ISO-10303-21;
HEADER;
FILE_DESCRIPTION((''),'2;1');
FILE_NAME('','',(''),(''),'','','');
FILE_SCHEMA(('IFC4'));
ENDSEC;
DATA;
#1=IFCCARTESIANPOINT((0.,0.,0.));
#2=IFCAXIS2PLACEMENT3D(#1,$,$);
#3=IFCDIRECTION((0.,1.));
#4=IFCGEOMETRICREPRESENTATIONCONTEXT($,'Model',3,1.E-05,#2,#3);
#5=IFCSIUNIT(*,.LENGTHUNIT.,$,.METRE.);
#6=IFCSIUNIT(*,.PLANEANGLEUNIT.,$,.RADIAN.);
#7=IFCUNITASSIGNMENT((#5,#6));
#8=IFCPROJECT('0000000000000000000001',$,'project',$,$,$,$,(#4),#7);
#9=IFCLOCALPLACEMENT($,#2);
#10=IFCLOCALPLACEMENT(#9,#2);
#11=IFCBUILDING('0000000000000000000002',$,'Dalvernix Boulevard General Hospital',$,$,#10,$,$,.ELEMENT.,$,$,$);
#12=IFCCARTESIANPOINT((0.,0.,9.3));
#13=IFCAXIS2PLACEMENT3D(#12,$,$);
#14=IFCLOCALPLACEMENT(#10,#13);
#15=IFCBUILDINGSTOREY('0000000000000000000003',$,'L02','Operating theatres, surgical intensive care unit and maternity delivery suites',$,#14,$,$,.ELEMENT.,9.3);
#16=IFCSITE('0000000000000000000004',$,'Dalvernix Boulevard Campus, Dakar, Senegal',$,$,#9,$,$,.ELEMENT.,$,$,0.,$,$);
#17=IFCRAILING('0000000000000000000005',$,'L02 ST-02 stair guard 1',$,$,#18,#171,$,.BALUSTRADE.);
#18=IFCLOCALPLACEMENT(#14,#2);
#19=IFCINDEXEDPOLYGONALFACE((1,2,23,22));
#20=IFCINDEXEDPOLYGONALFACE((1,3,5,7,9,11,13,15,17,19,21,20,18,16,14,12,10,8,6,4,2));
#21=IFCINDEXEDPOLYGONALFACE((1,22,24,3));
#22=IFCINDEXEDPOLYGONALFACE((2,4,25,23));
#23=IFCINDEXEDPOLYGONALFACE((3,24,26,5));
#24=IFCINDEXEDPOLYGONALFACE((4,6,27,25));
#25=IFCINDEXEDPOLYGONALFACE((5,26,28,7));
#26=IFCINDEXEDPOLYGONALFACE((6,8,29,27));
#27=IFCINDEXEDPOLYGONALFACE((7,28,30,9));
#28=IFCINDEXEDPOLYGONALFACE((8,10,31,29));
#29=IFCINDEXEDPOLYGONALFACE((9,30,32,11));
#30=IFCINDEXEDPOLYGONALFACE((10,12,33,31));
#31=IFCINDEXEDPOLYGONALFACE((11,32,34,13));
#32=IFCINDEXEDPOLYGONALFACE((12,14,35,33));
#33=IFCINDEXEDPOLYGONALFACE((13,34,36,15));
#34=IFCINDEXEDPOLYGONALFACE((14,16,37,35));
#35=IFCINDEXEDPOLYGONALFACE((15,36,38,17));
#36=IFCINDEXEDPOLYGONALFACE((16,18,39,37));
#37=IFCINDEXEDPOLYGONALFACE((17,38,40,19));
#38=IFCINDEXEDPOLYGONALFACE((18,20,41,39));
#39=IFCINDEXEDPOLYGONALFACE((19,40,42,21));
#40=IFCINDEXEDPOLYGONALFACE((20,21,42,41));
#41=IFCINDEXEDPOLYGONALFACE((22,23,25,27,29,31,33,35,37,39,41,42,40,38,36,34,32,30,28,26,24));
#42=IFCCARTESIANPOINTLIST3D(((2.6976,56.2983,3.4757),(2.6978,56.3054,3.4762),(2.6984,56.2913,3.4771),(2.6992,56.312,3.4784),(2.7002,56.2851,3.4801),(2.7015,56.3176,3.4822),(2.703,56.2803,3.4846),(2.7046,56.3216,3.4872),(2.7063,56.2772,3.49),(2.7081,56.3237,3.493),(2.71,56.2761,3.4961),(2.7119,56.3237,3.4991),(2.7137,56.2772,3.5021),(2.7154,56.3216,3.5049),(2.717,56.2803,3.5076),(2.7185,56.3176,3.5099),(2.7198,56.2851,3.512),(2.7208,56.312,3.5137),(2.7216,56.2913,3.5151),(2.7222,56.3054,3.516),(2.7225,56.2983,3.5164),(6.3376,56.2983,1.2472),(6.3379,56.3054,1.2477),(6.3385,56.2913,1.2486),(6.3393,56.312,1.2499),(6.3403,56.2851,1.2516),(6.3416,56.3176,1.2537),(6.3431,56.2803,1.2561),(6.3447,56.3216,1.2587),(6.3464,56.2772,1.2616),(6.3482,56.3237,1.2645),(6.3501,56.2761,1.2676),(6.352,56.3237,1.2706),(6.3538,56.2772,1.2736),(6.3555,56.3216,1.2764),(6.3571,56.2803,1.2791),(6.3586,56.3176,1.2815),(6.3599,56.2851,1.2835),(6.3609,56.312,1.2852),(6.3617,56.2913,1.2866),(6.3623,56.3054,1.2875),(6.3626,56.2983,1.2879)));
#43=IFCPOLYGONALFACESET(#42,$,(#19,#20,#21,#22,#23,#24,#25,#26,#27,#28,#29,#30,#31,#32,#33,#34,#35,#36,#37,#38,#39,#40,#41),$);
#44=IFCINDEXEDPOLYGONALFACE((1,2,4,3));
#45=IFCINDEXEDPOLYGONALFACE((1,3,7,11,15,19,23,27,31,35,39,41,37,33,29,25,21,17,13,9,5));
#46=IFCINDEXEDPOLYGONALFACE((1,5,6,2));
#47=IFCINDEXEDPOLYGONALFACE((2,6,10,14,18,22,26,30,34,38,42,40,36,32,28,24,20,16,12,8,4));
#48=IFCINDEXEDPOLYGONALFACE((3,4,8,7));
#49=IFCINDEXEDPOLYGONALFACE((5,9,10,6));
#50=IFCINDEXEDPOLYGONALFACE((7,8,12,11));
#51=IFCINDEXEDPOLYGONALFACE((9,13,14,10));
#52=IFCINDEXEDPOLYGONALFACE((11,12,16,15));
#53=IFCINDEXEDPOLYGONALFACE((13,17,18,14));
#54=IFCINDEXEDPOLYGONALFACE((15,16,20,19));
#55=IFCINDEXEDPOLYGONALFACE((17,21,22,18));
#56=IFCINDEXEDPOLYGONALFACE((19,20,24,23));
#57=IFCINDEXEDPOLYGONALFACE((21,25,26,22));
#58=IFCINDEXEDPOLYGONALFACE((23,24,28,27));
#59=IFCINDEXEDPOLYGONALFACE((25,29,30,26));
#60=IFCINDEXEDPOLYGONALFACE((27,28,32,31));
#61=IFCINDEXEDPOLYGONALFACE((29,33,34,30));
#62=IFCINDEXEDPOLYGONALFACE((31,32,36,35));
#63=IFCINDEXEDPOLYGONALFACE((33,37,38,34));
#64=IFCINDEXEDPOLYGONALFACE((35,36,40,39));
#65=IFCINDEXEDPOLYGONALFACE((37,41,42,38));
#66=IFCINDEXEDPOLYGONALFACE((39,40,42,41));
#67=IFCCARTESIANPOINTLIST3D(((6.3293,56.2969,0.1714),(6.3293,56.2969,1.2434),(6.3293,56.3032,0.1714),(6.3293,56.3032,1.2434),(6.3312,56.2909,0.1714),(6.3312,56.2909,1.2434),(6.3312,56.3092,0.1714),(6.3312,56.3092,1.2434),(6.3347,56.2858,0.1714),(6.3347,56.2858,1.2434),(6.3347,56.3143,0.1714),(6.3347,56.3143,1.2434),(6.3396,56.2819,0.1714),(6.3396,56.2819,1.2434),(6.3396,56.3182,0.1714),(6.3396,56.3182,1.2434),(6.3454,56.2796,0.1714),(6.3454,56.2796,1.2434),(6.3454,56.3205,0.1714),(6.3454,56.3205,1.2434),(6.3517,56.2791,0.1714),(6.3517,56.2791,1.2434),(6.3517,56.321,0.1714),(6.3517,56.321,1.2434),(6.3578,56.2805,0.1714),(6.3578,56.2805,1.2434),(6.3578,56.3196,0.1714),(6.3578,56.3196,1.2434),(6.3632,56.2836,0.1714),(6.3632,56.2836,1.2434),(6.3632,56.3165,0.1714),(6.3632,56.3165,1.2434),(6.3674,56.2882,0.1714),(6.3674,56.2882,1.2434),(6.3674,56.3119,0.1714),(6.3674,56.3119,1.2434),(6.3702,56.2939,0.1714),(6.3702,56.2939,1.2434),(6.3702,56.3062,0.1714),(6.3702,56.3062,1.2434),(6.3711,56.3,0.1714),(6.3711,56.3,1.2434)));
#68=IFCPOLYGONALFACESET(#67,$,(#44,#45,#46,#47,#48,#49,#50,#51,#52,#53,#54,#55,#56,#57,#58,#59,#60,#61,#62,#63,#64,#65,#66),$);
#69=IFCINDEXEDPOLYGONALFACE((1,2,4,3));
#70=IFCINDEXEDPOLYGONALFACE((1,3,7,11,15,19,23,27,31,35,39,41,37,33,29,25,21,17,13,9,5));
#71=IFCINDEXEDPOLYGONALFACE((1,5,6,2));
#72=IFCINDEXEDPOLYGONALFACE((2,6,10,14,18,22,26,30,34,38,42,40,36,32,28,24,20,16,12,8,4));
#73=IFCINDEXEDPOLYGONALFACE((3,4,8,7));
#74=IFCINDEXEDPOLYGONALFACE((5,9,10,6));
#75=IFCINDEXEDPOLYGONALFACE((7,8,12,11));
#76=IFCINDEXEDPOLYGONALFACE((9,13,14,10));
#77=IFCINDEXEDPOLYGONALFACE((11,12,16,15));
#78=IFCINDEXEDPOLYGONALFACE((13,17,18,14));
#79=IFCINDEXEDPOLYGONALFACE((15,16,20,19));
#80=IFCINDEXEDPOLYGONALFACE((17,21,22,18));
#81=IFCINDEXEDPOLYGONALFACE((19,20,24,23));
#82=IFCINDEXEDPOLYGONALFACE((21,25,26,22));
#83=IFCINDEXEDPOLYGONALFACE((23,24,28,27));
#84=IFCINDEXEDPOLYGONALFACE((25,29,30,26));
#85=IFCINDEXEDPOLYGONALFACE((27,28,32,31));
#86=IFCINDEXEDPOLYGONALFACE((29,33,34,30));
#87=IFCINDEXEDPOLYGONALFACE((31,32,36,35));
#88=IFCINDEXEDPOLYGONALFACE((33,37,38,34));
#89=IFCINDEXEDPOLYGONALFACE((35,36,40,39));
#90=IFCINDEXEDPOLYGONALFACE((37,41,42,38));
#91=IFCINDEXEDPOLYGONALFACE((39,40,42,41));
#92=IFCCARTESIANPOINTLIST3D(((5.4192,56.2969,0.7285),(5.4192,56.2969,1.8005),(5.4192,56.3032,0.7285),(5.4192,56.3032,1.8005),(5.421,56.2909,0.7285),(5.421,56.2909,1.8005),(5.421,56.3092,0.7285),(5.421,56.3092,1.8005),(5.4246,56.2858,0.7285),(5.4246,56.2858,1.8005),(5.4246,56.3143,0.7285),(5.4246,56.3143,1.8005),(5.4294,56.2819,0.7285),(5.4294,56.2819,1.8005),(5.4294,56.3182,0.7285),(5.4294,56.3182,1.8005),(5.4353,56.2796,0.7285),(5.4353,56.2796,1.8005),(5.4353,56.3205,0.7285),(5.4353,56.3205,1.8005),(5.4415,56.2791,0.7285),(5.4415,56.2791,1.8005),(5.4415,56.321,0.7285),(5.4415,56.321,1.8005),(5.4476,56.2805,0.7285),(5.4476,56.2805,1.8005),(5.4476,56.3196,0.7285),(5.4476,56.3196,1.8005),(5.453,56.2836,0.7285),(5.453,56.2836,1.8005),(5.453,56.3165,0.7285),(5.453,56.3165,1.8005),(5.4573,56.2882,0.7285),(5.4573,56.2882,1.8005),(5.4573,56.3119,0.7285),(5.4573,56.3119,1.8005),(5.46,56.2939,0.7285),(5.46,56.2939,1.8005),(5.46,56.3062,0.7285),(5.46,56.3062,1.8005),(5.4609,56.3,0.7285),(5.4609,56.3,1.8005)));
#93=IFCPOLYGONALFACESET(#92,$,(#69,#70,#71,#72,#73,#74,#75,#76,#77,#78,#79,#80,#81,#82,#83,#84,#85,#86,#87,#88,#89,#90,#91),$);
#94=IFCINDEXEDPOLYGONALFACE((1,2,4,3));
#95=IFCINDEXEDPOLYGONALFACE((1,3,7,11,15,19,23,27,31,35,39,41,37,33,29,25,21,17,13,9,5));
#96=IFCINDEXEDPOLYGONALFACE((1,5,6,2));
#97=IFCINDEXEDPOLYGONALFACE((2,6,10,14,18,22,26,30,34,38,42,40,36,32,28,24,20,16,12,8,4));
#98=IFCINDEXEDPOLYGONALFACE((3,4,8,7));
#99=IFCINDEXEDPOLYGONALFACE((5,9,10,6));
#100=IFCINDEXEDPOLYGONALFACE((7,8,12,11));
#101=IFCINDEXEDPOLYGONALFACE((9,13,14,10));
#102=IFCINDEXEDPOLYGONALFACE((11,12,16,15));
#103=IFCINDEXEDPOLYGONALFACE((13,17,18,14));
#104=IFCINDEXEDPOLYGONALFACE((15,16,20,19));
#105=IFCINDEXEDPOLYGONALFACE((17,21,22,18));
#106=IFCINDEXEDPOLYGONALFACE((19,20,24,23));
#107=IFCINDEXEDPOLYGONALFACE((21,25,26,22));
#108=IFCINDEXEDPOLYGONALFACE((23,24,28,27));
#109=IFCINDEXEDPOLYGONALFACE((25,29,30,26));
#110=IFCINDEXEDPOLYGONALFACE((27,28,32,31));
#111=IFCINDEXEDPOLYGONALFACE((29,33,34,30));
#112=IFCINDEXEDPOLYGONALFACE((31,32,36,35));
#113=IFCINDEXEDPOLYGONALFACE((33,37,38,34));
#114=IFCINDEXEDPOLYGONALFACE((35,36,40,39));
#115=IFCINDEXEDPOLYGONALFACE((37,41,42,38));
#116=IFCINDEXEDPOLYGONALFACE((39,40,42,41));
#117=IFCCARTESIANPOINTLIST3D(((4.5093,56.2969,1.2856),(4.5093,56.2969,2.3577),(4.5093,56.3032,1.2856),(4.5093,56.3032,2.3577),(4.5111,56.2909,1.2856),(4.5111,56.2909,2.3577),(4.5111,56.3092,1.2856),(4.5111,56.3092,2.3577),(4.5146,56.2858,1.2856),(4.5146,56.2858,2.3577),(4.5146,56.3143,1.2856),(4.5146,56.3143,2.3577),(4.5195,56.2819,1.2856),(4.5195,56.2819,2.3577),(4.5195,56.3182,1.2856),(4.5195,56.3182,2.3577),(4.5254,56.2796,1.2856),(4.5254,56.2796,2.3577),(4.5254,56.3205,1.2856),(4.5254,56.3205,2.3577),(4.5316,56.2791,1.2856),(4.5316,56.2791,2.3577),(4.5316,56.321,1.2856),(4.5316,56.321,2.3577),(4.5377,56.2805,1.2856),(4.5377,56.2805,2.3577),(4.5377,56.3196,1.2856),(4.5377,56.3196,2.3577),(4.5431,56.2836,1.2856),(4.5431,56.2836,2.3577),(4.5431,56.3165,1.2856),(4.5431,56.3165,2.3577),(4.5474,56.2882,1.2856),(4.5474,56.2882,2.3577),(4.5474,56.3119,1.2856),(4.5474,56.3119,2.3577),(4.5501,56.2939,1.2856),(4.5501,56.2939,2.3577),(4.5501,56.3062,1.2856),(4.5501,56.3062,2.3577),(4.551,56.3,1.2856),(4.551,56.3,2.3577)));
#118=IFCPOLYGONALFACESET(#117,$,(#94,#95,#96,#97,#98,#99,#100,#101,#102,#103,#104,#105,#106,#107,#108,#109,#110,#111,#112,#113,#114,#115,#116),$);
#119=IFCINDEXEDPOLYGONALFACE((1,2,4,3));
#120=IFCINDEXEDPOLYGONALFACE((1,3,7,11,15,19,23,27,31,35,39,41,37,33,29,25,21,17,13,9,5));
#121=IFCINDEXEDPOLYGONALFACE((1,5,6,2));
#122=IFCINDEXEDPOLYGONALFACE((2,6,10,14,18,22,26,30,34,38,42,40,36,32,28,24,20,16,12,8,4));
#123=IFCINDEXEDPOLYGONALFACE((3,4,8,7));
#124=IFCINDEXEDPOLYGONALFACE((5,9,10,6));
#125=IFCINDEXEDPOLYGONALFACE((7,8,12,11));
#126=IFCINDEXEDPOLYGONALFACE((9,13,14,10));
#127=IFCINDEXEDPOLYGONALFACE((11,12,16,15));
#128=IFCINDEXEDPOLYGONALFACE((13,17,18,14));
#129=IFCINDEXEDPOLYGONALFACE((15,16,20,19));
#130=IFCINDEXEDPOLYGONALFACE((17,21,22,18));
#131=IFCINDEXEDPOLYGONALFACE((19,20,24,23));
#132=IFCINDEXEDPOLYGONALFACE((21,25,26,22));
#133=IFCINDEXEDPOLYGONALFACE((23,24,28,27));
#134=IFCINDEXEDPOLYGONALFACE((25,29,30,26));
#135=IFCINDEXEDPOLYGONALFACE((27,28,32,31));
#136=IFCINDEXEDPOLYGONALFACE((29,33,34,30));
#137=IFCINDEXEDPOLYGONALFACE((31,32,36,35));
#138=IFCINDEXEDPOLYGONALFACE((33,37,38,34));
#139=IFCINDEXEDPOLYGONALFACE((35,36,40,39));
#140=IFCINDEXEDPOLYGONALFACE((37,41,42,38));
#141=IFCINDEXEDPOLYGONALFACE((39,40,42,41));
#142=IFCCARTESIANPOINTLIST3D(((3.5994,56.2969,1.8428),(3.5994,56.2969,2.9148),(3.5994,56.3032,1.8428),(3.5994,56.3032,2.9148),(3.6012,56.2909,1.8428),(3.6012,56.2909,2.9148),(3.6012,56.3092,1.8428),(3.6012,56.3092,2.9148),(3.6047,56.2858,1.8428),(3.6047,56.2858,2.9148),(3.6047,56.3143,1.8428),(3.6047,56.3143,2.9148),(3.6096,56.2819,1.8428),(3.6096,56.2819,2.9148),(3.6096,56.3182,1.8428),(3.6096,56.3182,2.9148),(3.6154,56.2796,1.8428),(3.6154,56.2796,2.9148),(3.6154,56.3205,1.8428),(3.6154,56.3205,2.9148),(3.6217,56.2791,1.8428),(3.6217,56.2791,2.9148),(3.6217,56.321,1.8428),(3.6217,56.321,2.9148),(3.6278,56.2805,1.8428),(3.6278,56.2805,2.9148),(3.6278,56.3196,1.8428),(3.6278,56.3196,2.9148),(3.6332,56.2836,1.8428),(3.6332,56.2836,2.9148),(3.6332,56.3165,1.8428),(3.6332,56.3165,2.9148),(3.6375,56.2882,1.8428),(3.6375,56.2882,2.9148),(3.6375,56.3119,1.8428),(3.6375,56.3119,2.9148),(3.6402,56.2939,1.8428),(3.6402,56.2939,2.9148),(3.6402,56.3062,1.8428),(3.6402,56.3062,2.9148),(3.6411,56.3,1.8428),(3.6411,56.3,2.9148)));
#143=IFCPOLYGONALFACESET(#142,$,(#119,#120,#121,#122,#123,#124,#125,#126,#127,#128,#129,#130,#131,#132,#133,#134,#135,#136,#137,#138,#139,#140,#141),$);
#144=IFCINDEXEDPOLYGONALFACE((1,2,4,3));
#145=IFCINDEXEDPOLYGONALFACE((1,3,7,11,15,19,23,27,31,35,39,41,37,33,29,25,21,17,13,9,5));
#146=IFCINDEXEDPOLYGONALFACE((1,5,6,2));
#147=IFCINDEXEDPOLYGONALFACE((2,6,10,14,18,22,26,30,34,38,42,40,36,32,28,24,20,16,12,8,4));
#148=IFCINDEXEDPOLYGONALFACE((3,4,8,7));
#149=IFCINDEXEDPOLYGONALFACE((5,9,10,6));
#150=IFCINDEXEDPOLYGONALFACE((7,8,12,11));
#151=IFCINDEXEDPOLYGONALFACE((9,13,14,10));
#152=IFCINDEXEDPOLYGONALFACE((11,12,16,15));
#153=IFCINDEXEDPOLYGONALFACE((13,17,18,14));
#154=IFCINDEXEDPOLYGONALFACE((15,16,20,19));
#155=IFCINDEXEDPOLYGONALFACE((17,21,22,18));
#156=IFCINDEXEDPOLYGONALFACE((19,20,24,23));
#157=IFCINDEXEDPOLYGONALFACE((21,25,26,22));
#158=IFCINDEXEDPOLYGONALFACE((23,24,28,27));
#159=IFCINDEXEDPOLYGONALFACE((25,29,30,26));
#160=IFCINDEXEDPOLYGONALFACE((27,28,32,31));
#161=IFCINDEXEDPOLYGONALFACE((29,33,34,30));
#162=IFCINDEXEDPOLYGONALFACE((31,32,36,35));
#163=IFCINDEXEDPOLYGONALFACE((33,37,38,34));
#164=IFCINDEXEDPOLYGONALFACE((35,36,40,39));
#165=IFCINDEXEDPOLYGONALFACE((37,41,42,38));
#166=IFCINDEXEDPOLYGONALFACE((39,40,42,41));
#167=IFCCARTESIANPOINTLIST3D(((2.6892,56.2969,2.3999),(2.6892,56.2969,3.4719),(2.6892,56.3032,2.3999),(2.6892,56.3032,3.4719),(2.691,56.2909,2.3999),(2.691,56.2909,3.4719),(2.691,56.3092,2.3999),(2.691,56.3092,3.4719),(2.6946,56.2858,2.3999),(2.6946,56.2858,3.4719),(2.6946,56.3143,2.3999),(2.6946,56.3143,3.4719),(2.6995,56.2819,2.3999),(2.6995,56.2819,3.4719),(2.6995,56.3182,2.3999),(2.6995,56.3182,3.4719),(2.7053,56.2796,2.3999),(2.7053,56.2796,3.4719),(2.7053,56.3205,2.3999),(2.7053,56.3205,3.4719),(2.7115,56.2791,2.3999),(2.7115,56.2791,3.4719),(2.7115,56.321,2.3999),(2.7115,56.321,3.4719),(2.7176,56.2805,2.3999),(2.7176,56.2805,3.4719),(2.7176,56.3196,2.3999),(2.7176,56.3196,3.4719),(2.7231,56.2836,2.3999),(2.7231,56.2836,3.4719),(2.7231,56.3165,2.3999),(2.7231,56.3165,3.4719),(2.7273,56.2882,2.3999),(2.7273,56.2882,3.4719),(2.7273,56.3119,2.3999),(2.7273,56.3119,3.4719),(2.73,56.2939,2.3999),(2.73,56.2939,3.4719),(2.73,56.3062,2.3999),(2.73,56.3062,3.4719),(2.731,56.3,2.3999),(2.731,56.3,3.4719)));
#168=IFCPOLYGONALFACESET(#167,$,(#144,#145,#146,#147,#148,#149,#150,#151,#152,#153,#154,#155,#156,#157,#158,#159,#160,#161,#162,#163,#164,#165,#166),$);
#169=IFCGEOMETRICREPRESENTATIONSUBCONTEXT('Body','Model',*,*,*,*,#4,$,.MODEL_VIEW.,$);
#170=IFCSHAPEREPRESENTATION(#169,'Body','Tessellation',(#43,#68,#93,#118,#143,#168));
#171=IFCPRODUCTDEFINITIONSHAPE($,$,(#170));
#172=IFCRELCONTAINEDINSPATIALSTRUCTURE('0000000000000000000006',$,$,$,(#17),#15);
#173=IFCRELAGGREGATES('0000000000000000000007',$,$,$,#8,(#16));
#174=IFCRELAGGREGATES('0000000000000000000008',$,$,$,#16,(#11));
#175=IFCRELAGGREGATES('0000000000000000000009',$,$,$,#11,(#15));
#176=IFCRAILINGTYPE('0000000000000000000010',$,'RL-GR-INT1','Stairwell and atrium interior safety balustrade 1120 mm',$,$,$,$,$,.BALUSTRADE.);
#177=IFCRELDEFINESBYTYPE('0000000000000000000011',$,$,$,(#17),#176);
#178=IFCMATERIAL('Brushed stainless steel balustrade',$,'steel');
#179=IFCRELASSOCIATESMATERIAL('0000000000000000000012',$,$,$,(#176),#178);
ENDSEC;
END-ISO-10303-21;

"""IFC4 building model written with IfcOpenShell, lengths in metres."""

from ifc_helpers import new_model, si_unit, direction, frame, origin, origin_2d, place, context, subcontext, project, spatial, circle, extrude, material, type_object, element, save


model = new_model("IFC4")

# Units and contexts
model_context = context("Model", 3, precision=1e-05, world=origin(), true_north=direction((0.0, 1.0)))
body_context = subcontext(model_context, "Body", "Model", "MODEL_VIEW")
ifc_project = project(units=[si_unit("LENGTHUNIT", "METRE"), si_unit("PLANEANGLEUNIT", "RADIAN")], contexts=[model_context])

# Site, building, storey
site_placement = place(None, origin())
site = spatial("IfcSite", under=ifc_project, at=site_placement, Name="Dalvernix Boulevard Campus, Dakar, Senegal", CompositionType="ELEMENT", RefElevation=0.0)
building_placement = place(site_placement, origin())
building = spatial("IfcBuilding", under=site, at=building_placement, Name="Dalvernix Boulevard General Hospital", CompositionType="ELEMENT")
storey_placement = place(building_placement, frame((0.0, 0.0, 9.3)))
storey = spatial("IfcBuildingStorey", under=building, at=storey_placement, Name="L02", Description="Operating theatres, surgical intensive care unit and maternity delivery suites", CompositionType="ELEMENT", Elevation=9.3)

# Railing
ifc_material_1 = material(Name="Brushed stainless steel balustrade", Category="steel")
railing_type_1 = type_object("IfcRailingType", Name="RL-GR-INT1", Description="Stairwell and atrium interior safety balustrade 1120 mm", PredefinedType="BALUSTRADE", material=ifc_material_1)
railing_1_placement = place(storey_placement, frame((6.3501, 56.3, 0.1714)))
element("IfcRailing", 1, at=railing_1_placement, inside=storey, type_object=railing_type_1, Name="L02 ST-02 stair guard 1", PredefinedType="BALUSTRADE", context=body_context, shape_type="SweptSolid", body=[
    extrude(circle(Radius=0.0239, at=origin_2d()), frame((0.0, 0.0, 1.0962), z_axis=(-0.852866, 0.0, 0.52213), x_axis=(0.0, -1.0, 0.0)), (0.0, 0.0, 1.0), 4.2681),
    extrude(circle(Radius=0.021, at=origin_2d()), origin(), (0.0, 0.0, 1.0), 1.072),
    extrude(circle(Radius=0.021, at=origin_2d()), frame((-0.9102, 0.0, 0.5571)), (0.0, 0.0, 1.0), 1.072),
    extrude(circle(Radius=0.021, at=origin_2d()), frame((-1.8201, 0.0, 1.1143)), (0.0, 0.0, 1.0), 1.072),
    extrude(circle(Radius=0.021, at=origin_2d()), frame((-2.73, 0.0, 1.6714)), (0.0, 0.0, 1.0), 1.072),
    extrude(circle(Radius=0.021, at=origin_2d()), frame((-3.6401, 0.0, 2.2285)), (0.0, 0.0, 1.0), 1.072),
])

save(model, "model.ifc")
